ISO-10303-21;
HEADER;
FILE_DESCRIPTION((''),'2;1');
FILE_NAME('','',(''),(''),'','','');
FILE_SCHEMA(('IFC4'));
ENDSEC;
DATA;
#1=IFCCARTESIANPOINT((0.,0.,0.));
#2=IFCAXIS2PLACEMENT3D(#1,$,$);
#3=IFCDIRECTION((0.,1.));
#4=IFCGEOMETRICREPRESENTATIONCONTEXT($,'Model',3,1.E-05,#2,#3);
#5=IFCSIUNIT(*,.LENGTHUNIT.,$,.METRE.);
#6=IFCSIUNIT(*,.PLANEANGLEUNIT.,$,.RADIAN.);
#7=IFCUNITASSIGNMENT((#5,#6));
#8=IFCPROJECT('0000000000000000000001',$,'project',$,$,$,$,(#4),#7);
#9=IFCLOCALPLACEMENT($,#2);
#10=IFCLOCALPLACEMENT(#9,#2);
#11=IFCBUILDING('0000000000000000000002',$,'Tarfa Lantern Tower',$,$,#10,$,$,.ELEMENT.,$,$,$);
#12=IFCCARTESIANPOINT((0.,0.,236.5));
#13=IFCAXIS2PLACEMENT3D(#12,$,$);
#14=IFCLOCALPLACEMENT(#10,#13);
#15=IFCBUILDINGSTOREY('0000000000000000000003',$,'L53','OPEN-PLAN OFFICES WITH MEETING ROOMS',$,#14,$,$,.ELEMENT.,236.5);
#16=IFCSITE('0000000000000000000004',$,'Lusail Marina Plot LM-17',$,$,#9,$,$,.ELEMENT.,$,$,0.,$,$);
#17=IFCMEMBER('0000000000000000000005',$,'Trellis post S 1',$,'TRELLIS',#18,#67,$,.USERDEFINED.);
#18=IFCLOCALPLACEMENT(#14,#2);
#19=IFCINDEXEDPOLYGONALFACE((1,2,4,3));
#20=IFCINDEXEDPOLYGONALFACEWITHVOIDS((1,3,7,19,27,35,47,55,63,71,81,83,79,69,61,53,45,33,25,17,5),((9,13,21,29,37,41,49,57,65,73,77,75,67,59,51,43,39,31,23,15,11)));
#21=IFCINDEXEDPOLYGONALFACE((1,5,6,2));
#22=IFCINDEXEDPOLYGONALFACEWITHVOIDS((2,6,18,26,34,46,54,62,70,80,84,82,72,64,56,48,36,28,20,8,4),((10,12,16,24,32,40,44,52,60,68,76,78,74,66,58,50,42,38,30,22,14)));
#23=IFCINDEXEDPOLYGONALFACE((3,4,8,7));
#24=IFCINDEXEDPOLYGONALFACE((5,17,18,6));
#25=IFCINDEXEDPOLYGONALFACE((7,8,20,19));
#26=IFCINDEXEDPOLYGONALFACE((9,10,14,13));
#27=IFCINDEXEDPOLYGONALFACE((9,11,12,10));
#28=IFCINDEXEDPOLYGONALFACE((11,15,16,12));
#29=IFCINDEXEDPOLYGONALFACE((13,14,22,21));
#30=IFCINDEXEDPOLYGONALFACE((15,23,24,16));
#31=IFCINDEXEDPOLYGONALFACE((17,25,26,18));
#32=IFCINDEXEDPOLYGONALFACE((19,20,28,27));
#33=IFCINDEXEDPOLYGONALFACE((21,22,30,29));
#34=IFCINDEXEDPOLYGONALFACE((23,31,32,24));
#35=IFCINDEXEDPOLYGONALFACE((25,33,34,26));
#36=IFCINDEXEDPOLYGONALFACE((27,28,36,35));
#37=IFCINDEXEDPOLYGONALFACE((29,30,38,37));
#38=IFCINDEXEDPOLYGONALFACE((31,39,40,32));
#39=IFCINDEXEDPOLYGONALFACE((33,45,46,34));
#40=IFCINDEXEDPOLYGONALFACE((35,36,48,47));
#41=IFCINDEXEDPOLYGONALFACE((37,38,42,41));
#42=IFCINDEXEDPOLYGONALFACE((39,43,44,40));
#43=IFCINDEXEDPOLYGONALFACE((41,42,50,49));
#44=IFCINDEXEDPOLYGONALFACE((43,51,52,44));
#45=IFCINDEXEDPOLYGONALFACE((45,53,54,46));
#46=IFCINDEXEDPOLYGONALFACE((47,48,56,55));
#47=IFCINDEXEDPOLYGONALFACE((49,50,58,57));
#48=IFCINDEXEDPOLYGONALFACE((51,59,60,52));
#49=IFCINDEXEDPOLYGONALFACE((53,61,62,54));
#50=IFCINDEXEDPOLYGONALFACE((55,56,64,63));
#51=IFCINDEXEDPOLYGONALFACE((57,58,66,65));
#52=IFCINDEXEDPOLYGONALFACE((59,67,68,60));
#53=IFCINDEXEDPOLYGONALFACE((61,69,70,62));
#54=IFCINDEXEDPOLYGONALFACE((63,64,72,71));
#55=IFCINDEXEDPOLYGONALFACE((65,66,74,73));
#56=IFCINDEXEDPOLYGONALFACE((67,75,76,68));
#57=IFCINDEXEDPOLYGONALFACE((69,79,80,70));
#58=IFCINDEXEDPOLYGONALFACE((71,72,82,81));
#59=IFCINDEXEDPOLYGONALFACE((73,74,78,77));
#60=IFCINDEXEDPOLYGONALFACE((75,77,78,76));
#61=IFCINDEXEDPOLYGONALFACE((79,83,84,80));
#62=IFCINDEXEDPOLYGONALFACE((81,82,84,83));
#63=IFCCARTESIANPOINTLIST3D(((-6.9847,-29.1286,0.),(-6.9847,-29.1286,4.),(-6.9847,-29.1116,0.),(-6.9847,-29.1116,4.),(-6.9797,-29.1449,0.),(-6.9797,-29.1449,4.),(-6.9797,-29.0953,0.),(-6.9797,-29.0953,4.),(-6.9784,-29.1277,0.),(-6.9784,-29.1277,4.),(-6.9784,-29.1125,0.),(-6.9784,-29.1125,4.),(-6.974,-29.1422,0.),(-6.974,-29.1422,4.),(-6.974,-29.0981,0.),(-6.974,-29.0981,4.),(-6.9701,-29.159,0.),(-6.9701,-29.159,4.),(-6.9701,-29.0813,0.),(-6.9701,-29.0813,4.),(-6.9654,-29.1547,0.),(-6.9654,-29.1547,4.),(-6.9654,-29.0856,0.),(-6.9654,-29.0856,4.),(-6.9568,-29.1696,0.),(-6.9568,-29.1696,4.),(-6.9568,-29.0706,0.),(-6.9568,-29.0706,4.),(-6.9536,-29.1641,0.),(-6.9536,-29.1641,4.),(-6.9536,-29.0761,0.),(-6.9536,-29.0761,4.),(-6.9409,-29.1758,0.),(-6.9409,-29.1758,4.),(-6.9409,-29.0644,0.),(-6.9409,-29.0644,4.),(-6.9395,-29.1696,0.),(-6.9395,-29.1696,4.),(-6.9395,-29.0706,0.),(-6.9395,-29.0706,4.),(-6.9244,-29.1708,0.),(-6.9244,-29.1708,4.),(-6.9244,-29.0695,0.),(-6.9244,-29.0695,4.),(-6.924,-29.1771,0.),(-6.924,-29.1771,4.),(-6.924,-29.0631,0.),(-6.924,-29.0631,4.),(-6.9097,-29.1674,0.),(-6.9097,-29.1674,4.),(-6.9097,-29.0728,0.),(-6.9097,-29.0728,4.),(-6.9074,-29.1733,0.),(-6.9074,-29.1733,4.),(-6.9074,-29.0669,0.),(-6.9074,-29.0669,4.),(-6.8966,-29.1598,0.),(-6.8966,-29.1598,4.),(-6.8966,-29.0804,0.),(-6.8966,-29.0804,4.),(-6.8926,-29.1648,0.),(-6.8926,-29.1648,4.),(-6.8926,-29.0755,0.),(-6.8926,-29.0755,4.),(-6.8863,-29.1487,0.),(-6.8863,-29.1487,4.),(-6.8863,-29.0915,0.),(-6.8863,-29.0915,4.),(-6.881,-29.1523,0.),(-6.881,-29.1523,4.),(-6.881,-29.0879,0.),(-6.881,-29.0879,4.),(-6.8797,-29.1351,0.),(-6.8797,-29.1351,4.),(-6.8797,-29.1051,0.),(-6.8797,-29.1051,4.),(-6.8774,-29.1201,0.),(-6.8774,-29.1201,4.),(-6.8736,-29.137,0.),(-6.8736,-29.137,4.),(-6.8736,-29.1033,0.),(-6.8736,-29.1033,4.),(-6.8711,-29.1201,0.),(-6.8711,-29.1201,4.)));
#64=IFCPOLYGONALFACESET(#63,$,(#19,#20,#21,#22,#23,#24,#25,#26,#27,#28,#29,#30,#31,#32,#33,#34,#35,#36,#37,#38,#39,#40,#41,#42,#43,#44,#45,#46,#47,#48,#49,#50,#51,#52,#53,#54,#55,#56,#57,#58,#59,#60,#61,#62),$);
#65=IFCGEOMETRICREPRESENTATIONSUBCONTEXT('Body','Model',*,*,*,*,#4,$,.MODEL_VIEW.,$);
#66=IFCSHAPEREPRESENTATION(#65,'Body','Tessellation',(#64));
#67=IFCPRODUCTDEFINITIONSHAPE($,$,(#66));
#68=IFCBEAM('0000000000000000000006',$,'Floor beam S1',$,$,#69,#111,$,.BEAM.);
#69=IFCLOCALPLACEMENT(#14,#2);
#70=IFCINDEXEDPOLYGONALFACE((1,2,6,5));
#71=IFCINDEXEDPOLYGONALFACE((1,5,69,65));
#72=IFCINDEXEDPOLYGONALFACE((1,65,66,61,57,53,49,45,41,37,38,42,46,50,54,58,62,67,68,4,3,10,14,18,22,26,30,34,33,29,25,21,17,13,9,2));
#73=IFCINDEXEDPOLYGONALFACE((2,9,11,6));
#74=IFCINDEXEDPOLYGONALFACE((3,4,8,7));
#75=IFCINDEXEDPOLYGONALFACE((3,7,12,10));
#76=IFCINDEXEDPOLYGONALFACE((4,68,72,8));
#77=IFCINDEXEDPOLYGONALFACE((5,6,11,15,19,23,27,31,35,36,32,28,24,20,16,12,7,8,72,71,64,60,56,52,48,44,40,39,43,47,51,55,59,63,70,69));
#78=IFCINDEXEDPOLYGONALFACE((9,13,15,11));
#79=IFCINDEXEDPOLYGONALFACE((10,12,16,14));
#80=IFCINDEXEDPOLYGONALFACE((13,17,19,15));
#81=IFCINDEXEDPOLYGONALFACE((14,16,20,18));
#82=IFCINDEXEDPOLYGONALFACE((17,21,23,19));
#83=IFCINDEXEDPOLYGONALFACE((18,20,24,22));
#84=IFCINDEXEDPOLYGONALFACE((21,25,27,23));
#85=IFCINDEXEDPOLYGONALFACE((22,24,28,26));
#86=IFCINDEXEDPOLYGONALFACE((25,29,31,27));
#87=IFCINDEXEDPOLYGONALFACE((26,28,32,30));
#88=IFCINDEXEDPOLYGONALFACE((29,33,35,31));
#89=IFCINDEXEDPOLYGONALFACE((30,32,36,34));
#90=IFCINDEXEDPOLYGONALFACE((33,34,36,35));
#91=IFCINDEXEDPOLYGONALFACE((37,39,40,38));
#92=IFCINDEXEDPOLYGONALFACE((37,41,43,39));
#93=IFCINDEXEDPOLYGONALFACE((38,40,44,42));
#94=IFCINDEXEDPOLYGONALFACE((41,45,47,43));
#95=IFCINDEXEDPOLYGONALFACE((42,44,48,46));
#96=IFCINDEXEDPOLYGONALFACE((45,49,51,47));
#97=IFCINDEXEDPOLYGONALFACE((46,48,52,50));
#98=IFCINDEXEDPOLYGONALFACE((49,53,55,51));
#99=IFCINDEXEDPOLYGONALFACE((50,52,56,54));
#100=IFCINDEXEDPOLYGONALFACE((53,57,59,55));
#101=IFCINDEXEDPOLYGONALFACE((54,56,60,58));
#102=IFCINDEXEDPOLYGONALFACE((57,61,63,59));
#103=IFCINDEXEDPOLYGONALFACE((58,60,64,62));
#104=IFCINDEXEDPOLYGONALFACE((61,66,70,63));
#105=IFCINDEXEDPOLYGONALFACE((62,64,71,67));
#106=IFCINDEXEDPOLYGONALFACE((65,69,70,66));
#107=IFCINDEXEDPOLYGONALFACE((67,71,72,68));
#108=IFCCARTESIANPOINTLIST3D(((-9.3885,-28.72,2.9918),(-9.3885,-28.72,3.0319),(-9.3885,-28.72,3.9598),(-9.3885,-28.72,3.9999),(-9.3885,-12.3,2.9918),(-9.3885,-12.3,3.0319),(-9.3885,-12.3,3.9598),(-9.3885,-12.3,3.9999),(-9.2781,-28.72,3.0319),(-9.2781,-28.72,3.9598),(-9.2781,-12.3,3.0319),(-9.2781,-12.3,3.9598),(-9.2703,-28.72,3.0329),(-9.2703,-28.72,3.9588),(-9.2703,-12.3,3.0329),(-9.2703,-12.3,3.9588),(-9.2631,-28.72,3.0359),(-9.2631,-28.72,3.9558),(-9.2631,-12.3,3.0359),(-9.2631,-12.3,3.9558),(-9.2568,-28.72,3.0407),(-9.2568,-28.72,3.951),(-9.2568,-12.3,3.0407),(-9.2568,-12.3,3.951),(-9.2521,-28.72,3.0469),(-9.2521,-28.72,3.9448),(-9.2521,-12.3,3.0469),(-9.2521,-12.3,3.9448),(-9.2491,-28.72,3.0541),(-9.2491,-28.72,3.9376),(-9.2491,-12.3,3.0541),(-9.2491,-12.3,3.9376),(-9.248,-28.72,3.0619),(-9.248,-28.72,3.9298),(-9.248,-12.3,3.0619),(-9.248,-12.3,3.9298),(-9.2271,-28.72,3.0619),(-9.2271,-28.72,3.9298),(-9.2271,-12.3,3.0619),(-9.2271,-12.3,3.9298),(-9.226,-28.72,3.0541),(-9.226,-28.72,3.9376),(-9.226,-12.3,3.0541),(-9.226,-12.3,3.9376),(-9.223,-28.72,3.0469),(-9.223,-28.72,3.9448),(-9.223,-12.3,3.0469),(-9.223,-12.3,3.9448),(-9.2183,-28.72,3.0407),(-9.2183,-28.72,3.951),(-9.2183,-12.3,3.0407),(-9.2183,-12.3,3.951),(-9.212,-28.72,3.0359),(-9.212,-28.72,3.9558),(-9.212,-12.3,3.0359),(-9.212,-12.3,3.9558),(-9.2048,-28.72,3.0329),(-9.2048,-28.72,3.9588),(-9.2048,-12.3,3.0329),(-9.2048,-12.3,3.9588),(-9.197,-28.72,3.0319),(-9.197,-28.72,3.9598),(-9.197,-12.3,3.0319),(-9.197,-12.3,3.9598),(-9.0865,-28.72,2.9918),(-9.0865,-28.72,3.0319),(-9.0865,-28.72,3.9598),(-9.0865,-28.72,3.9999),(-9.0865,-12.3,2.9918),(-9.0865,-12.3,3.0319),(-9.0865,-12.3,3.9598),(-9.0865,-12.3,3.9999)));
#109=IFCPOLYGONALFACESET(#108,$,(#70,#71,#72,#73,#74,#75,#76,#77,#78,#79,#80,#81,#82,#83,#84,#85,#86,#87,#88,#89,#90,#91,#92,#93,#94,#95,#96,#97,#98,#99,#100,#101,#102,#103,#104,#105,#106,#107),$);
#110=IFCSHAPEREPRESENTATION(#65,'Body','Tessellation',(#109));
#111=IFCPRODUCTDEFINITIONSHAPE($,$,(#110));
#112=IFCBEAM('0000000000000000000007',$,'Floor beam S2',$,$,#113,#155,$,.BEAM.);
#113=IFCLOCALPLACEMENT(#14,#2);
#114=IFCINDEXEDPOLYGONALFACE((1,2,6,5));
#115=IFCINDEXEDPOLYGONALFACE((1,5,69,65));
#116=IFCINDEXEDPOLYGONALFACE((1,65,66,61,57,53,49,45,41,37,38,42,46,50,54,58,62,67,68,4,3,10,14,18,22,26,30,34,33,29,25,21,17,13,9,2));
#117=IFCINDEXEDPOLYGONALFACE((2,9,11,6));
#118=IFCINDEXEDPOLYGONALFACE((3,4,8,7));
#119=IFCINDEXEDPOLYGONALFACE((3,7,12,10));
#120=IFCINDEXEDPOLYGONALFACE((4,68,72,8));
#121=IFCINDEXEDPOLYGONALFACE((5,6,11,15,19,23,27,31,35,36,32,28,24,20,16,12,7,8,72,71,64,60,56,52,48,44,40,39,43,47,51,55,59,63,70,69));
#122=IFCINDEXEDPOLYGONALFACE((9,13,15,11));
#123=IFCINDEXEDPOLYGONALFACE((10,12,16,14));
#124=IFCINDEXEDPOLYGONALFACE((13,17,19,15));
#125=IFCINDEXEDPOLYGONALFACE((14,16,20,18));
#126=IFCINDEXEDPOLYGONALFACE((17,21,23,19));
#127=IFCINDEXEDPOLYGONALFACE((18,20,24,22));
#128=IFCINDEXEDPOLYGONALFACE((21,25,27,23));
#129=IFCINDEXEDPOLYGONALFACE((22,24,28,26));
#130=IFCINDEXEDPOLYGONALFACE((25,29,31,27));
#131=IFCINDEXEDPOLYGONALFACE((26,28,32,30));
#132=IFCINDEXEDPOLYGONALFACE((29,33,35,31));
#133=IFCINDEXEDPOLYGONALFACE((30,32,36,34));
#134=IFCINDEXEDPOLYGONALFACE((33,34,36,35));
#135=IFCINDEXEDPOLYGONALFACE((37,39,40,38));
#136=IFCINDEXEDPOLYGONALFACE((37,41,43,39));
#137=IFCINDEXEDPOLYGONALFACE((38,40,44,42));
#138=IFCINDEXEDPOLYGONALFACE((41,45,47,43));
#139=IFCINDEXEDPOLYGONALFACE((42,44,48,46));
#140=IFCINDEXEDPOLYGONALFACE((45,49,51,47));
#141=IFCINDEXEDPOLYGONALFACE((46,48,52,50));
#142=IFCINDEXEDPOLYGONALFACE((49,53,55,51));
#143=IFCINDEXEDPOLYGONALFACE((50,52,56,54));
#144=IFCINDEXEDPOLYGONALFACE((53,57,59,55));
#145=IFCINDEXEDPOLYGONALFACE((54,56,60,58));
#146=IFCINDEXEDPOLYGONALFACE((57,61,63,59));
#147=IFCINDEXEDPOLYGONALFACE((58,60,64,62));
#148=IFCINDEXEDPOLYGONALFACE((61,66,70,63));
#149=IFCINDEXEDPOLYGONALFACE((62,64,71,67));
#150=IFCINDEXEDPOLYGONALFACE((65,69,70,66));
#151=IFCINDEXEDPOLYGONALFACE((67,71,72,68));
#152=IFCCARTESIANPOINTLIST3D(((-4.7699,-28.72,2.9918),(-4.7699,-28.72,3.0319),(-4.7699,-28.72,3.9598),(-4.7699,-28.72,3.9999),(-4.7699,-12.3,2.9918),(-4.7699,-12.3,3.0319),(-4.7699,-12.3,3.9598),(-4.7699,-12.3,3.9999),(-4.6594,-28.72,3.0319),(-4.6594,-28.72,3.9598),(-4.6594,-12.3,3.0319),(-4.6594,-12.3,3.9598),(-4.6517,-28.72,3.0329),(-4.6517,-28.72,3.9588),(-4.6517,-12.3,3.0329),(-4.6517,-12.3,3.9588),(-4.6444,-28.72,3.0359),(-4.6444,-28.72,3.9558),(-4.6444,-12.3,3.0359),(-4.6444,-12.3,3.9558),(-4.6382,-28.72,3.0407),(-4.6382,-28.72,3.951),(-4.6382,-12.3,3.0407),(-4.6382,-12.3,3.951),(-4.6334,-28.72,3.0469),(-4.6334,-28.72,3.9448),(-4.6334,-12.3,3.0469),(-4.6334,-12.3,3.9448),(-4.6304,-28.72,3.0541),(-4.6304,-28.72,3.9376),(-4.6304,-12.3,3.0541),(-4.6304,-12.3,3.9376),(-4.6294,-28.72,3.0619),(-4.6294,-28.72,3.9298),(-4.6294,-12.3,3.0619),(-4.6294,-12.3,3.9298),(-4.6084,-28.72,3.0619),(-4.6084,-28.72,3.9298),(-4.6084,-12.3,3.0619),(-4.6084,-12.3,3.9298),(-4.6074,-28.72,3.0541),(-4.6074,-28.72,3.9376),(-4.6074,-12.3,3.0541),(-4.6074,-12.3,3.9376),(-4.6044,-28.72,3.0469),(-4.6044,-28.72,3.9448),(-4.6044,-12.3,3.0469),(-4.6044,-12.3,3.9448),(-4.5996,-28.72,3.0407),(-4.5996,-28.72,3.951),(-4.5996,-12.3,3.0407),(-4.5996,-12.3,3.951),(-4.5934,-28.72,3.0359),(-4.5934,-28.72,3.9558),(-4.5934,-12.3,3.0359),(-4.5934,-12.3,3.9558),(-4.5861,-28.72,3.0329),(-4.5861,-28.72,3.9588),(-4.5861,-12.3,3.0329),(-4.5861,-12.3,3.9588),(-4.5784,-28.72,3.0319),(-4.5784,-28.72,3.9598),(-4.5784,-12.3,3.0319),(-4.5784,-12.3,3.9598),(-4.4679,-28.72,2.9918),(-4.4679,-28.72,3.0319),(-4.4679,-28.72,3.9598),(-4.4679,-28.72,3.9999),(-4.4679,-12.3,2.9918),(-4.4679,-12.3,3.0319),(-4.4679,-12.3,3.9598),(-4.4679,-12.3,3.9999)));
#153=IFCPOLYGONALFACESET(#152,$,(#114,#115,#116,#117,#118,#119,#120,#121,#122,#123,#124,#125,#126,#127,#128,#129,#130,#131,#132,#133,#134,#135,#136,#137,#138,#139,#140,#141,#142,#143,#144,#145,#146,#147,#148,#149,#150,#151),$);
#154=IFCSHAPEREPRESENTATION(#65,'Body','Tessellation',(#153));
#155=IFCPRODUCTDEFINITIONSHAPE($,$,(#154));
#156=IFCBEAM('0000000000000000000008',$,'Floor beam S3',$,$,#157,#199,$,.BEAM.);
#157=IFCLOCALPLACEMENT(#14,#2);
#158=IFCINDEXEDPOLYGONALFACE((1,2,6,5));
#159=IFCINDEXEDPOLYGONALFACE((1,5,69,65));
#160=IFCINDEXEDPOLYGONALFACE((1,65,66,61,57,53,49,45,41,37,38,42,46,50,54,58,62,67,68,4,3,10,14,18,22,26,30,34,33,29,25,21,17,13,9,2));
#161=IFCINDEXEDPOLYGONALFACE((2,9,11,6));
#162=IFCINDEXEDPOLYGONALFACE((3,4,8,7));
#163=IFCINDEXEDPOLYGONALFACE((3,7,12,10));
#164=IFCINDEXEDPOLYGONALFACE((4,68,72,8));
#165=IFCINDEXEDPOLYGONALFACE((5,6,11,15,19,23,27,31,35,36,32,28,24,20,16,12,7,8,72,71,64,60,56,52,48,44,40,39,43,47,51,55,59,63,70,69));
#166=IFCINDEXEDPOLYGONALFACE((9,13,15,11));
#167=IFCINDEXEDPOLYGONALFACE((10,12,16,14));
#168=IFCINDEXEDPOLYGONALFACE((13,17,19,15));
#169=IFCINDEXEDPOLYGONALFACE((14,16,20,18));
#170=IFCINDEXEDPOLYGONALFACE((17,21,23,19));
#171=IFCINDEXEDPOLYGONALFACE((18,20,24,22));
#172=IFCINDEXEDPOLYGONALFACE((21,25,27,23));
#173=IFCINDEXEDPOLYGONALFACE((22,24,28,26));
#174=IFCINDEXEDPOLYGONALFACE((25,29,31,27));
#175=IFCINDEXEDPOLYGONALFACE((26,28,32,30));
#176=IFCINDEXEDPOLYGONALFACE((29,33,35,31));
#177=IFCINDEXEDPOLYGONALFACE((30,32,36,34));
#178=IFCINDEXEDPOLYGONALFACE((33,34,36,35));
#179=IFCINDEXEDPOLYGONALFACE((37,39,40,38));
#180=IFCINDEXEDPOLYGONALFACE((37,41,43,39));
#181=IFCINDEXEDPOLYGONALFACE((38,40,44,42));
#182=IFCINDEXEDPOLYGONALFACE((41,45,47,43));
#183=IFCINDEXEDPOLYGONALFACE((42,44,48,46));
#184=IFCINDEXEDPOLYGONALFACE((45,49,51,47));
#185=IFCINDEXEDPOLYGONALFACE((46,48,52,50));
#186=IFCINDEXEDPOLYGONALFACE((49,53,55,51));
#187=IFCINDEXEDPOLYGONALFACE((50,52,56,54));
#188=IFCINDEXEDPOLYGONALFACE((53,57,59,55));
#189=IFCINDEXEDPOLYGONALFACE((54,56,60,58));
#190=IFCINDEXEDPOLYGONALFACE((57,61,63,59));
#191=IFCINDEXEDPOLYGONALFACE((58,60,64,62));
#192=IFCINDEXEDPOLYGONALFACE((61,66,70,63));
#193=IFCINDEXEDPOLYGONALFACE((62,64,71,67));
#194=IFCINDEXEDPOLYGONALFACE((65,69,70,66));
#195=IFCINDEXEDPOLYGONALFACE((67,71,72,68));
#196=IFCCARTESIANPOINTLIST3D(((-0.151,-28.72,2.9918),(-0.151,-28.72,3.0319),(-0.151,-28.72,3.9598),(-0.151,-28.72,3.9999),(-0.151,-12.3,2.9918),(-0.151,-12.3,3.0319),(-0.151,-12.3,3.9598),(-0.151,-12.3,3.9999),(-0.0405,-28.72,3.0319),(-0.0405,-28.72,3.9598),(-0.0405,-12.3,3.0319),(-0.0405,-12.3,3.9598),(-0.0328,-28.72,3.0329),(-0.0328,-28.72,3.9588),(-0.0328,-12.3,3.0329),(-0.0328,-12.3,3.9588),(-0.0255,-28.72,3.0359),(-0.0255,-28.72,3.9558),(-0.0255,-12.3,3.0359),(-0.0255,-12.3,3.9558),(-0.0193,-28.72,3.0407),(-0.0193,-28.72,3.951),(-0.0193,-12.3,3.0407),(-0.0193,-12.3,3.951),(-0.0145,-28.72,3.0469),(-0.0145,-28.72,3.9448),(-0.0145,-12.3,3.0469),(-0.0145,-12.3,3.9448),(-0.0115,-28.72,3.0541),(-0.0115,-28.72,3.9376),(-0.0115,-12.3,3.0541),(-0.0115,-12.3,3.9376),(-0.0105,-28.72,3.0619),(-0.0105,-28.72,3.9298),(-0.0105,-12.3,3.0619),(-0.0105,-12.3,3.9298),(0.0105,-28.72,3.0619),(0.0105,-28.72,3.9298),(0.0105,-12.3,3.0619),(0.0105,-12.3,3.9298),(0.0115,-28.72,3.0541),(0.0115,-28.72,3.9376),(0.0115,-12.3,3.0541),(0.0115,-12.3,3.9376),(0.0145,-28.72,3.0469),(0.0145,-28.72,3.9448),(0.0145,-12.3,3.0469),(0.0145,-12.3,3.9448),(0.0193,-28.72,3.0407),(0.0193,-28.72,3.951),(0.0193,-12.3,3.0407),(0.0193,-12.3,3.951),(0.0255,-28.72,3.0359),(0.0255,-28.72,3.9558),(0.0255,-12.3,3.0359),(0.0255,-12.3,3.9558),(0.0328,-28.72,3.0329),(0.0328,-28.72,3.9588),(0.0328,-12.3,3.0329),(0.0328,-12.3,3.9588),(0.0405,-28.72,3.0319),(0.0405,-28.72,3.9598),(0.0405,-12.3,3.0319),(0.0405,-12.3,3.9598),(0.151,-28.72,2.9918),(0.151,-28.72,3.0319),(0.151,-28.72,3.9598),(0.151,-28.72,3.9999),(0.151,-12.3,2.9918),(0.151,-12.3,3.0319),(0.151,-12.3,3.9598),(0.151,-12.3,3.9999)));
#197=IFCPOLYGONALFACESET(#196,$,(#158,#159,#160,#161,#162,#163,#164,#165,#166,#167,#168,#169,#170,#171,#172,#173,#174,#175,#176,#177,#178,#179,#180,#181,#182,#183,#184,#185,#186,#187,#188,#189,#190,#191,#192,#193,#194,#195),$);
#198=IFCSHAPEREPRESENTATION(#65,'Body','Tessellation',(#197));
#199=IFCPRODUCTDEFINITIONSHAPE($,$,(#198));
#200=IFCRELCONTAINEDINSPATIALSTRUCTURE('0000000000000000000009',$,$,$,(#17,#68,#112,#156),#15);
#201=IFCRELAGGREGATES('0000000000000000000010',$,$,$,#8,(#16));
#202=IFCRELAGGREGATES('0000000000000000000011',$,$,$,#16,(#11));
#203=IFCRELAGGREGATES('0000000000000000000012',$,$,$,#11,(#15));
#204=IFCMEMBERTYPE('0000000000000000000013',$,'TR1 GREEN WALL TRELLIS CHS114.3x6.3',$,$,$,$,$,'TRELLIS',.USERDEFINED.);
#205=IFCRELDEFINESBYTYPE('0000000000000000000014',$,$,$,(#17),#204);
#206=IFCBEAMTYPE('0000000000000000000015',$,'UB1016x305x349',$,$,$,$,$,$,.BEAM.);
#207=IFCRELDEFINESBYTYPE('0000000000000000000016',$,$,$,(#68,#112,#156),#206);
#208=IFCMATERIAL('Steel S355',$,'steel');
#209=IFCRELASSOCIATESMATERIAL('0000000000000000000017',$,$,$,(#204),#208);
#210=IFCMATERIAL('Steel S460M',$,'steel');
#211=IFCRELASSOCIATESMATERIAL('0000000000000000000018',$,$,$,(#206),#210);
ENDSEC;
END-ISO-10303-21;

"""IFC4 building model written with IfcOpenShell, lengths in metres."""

from ifc_helpers import new_model, si_unit, direction, frame, origin, origin_2d, place, context, subcontext, project, spatial, hollow_circle, i_section, extrude, material, material_profile, profile_set, type_object, element, save


model = new_model("IFC4")

# Units and contexts
model_context = context("Model", 3, precision=1e-05, world=origin(), true_north=direction((0.0, 1.0)))
body_context = subcontext(model_context, "Body", "Model", "MODEL_VIEW")
ifc_project = project(units=[si_unit("LENGTHUNIT", "METRE"), si_unit("PLANEANGLEUNIT", "RADIAN")], contexts=[model_context])

# Site, building, storey
site_placement = place(None, origin())
site = spatial("IfcSite", under=ifc_project, at=site_placement, Name="Lusail Marina Plot LM-17", CompositionType="ELEMENT", RefElevation=0.0)
building_placement = place(site_placement, origin())
building = spatial("IfcBuilding", under=site, at=building_placement, Name="Tarfa Lantern Tower", CompositionType="ELEMENT")
storey_placement = place(building_placement, frame((0.0, 0.0, 236.5)))
storey = spatial("IfcBuildingStorey", under=building, at=storey_placement, Name="L53", Description="OPEN-PLAN OFFICES WITH MEETING ROOMS", CompositionType="ELEMENT", Elevation=236.5)

# Member
ifc_material_1 = material(Name="Steel S355", Category="steel")
ifc_material_profile_1 = material_profile(ifc_material_1, hollow_circle(Radius=0.0571, WallThickness=0.0063, at=origin_2d()), Name="CHS114.3x6.3")
ifc_profile_set_1 = profile_set([ifc_material_profile_1], Name="Steel S355")
member_type_1 = type_object("IfcMemberType", Name="TR1 GREEN WALL TRELLIS CHS114.3x6.3", ElementType="TRELLIS", PredefinedType="USERDEFINED", material=ifc_profile_set_1)
member_1_placement = place(storey_placement, frame((-6.9282, -29.1201, 0.0), z_axis=(0.0, 0.0, 1.0), x_axis=(1.0, 0.0, 0.0)))
element("IfcMember", 1, at=member_1_placement, inside=storey, type_object=member_type_1, Name="Trellis post S 1", ObjectType="TRELLIS", PredefinedType="USERDEFINED", context=body_context, shape_type="SweptSolid", body=[
    extrude(hollow_circle(Radius=0.0571, WallThickness=0.0063, at=origin_2d()), origin(), (0.0, 0.0, 1.0), 4.0),
])

# Beams
ifc_material_2 = material(Name="Steel S460M", Category="steel")
ifc_material_profile_2 = material_profile(ifc_material_2, i_section(OverallWidth=0.302, OverallDepth=1.0081, WebThickness=0.021, FlangeThickness=0.04, FilletRadius=0.03, at=origin_2d()), Name="UB1016x305x349")
ifc_profile_set_2 = profile_set([ifc_material_profile_2], Name="Steel S460M")
beam_type_1 = type_object("IfcBeamType", Name="UB1016x305x349", PredefinedType="BEAM", material=ifc_profile_set_2)
for number, where, z_axis, x_axis, name in (
    (2, (-9.2375, -28.72, 3.4958), (0.0, 1.0, 0.0), (-1.0, 0.0, 0.0), "Floor beam S1"),
    (3, (-4.6189, -28.72, 3.4958), (0.0, 1.0, 0.0), (-1.0, 0.0, 0.0), "Floor beam S2"),
    (4, (0.0, -28.72, 3.4958), (0.0, 1.0, 0.0), (-1.0, 0.0, 0.0), "Floor beam S3"),
):
    element("IfcBeam", number, at=place(storey_placement, frame(where, z_axis=z_axis, x_axis=x_axis)), inside=storey, type_object=beam_type_1, Name=name, PredefinedType="BEAM", context=body_context, shape_type="SweptSolid", body=[
        extrude(i_section(OverallWidth=0.302, OverallDepth=1.0081, WebThickness=0.021, FlangeThickness=0.04, FilletRadius=0.03, at=origin_2d()), origin(), (0.0, 0.0, 1.0), 16.4199),
    ])

save(model, "model.ifc")
